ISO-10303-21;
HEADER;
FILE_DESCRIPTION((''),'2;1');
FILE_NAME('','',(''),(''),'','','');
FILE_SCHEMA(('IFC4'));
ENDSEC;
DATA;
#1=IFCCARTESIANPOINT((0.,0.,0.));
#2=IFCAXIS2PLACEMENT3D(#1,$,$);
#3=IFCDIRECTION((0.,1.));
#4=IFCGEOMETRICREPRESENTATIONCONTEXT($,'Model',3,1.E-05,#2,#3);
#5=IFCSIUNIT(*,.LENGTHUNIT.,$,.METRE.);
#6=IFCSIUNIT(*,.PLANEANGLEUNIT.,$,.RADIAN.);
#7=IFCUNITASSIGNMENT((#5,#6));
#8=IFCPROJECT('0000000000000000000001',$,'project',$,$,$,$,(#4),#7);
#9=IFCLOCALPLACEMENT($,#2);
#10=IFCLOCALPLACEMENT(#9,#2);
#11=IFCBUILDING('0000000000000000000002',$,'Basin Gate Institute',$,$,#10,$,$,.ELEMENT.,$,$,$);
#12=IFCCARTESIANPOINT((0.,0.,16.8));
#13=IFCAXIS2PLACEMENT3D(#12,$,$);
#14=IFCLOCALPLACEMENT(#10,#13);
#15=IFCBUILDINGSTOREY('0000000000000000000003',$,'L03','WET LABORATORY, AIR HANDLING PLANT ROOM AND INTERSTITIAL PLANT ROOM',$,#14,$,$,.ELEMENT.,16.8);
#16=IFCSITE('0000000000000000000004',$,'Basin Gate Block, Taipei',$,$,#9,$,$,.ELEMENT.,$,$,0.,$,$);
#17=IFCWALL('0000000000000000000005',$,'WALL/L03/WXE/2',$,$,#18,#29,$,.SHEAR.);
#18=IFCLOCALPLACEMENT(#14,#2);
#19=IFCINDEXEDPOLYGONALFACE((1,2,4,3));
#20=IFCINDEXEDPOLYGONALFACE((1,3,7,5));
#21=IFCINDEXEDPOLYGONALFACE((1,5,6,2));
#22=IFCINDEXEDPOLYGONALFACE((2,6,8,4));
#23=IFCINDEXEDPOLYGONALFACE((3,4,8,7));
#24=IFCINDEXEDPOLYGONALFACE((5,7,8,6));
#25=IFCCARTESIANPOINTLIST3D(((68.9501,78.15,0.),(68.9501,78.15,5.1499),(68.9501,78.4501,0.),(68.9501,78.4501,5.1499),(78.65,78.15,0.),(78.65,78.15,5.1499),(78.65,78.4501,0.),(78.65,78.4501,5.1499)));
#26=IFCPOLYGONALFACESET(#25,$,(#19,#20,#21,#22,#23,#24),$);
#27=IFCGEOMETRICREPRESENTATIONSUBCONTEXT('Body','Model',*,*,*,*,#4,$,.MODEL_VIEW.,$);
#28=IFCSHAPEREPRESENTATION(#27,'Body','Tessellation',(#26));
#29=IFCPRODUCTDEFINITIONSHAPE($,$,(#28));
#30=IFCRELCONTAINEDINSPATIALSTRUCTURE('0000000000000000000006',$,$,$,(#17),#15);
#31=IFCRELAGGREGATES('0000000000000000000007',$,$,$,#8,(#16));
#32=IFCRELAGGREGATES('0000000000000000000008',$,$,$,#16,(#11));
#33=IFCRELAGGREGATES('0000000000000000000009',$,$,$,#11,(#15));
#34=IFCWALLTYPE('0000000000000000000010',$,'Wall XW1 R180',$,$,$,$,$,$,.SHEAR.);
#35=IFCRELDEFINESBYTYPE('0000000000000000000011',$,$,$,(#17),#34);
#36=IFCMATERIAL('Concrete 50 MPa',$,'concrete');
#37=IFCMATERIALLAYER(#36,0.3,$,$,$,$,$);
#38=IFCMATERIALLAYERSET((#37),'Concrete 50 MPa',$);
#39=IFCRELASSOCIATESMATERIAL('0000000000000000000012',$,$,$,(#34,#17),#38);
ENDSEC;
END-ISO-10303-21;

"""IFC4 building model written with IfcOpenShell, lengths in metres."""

from ifc_helpers import new_model, si_unit, direction, frame, frame_2d, origin, place, context, subcontext, project, spatial, rectangle, extrude, material, layer, layer_set, type_object, element, save


model = new_model("IFC4")

# Units and contexts
model_context = context("Model", 3, precision=1e-05, world=origin(), true_north=direction((0.0, 1.0)))
body_context = subcontext(model_context, "Body", "Model", "MODEL_VIEW")
ifc_project = project(units=[si_unit("LENGTHUNIT", "METRE"), si_unit("PLANEANGLEUNIT", "RADIAN")], contexts=[model_context])

# Site, building, storey
site_placement = place(None, origin())
site = spatial("IfcSite", under=ifc_project, at=site_placement, Name="Basin Gate Block, Taipei", CompositionType="ELEMENT", RefElevation=0.0)
building_placement = place(site_placement, origin())
building = spatial("IfcBuilding", under=site, at=building_placement, Name="Basin Gate Institute", CompositionType="ELEMENT")
storey_placement = place(building_placement, frame((0.0, 0.0, 16.8)))
storey = spatial("IfcBuildingStorey", under=building, at=storey_placement, Name="L03", Description="WET LABORATORY, AIR HANDLING PLANT ROOM AND INTERSTITIAL PLANT ROOM", CompositionType="ELEMENT", Elevation=16.8)

# Wall
ifc_material_1 = material(Name="Concrete 50 MPa", Category="concrete")
ifc_layer_1 = layer(ifc_material_1, 0.3)
ifc_layer_set_1 = layer_set([ifc_layer_1], Name="Concrete 50 MPa")
wall_type_1 = type_object("IfcWallType", Name="Wall XW1 R180", PredefinedType="SHEAR", material=ifc_layer_set_1)
wall_1_placement = place(storey_placement, frame((68.95, 78.3, 0.0), z_axis=(0.0, 0.0, 1.0), x_axis=(1.0, 0.0, 0.0)))
element("IfcWall", 1, at=wall_1_placement, inside=storey, type_object=wall_type_1, material=ifc_layer_set_1, Name="WALL/L03/WXE/2", PredefinedType="SHEAR", context=body_context, shape_type="SweptSolid", body=[
    extrude(rectangle(XDim=9.7, YDim=0.3, at=frame_2d((4.8501, 0.0))), origin(), (0.0, 0.0, 1.0), 5.1499),
])

save(model, "model.ifc")
